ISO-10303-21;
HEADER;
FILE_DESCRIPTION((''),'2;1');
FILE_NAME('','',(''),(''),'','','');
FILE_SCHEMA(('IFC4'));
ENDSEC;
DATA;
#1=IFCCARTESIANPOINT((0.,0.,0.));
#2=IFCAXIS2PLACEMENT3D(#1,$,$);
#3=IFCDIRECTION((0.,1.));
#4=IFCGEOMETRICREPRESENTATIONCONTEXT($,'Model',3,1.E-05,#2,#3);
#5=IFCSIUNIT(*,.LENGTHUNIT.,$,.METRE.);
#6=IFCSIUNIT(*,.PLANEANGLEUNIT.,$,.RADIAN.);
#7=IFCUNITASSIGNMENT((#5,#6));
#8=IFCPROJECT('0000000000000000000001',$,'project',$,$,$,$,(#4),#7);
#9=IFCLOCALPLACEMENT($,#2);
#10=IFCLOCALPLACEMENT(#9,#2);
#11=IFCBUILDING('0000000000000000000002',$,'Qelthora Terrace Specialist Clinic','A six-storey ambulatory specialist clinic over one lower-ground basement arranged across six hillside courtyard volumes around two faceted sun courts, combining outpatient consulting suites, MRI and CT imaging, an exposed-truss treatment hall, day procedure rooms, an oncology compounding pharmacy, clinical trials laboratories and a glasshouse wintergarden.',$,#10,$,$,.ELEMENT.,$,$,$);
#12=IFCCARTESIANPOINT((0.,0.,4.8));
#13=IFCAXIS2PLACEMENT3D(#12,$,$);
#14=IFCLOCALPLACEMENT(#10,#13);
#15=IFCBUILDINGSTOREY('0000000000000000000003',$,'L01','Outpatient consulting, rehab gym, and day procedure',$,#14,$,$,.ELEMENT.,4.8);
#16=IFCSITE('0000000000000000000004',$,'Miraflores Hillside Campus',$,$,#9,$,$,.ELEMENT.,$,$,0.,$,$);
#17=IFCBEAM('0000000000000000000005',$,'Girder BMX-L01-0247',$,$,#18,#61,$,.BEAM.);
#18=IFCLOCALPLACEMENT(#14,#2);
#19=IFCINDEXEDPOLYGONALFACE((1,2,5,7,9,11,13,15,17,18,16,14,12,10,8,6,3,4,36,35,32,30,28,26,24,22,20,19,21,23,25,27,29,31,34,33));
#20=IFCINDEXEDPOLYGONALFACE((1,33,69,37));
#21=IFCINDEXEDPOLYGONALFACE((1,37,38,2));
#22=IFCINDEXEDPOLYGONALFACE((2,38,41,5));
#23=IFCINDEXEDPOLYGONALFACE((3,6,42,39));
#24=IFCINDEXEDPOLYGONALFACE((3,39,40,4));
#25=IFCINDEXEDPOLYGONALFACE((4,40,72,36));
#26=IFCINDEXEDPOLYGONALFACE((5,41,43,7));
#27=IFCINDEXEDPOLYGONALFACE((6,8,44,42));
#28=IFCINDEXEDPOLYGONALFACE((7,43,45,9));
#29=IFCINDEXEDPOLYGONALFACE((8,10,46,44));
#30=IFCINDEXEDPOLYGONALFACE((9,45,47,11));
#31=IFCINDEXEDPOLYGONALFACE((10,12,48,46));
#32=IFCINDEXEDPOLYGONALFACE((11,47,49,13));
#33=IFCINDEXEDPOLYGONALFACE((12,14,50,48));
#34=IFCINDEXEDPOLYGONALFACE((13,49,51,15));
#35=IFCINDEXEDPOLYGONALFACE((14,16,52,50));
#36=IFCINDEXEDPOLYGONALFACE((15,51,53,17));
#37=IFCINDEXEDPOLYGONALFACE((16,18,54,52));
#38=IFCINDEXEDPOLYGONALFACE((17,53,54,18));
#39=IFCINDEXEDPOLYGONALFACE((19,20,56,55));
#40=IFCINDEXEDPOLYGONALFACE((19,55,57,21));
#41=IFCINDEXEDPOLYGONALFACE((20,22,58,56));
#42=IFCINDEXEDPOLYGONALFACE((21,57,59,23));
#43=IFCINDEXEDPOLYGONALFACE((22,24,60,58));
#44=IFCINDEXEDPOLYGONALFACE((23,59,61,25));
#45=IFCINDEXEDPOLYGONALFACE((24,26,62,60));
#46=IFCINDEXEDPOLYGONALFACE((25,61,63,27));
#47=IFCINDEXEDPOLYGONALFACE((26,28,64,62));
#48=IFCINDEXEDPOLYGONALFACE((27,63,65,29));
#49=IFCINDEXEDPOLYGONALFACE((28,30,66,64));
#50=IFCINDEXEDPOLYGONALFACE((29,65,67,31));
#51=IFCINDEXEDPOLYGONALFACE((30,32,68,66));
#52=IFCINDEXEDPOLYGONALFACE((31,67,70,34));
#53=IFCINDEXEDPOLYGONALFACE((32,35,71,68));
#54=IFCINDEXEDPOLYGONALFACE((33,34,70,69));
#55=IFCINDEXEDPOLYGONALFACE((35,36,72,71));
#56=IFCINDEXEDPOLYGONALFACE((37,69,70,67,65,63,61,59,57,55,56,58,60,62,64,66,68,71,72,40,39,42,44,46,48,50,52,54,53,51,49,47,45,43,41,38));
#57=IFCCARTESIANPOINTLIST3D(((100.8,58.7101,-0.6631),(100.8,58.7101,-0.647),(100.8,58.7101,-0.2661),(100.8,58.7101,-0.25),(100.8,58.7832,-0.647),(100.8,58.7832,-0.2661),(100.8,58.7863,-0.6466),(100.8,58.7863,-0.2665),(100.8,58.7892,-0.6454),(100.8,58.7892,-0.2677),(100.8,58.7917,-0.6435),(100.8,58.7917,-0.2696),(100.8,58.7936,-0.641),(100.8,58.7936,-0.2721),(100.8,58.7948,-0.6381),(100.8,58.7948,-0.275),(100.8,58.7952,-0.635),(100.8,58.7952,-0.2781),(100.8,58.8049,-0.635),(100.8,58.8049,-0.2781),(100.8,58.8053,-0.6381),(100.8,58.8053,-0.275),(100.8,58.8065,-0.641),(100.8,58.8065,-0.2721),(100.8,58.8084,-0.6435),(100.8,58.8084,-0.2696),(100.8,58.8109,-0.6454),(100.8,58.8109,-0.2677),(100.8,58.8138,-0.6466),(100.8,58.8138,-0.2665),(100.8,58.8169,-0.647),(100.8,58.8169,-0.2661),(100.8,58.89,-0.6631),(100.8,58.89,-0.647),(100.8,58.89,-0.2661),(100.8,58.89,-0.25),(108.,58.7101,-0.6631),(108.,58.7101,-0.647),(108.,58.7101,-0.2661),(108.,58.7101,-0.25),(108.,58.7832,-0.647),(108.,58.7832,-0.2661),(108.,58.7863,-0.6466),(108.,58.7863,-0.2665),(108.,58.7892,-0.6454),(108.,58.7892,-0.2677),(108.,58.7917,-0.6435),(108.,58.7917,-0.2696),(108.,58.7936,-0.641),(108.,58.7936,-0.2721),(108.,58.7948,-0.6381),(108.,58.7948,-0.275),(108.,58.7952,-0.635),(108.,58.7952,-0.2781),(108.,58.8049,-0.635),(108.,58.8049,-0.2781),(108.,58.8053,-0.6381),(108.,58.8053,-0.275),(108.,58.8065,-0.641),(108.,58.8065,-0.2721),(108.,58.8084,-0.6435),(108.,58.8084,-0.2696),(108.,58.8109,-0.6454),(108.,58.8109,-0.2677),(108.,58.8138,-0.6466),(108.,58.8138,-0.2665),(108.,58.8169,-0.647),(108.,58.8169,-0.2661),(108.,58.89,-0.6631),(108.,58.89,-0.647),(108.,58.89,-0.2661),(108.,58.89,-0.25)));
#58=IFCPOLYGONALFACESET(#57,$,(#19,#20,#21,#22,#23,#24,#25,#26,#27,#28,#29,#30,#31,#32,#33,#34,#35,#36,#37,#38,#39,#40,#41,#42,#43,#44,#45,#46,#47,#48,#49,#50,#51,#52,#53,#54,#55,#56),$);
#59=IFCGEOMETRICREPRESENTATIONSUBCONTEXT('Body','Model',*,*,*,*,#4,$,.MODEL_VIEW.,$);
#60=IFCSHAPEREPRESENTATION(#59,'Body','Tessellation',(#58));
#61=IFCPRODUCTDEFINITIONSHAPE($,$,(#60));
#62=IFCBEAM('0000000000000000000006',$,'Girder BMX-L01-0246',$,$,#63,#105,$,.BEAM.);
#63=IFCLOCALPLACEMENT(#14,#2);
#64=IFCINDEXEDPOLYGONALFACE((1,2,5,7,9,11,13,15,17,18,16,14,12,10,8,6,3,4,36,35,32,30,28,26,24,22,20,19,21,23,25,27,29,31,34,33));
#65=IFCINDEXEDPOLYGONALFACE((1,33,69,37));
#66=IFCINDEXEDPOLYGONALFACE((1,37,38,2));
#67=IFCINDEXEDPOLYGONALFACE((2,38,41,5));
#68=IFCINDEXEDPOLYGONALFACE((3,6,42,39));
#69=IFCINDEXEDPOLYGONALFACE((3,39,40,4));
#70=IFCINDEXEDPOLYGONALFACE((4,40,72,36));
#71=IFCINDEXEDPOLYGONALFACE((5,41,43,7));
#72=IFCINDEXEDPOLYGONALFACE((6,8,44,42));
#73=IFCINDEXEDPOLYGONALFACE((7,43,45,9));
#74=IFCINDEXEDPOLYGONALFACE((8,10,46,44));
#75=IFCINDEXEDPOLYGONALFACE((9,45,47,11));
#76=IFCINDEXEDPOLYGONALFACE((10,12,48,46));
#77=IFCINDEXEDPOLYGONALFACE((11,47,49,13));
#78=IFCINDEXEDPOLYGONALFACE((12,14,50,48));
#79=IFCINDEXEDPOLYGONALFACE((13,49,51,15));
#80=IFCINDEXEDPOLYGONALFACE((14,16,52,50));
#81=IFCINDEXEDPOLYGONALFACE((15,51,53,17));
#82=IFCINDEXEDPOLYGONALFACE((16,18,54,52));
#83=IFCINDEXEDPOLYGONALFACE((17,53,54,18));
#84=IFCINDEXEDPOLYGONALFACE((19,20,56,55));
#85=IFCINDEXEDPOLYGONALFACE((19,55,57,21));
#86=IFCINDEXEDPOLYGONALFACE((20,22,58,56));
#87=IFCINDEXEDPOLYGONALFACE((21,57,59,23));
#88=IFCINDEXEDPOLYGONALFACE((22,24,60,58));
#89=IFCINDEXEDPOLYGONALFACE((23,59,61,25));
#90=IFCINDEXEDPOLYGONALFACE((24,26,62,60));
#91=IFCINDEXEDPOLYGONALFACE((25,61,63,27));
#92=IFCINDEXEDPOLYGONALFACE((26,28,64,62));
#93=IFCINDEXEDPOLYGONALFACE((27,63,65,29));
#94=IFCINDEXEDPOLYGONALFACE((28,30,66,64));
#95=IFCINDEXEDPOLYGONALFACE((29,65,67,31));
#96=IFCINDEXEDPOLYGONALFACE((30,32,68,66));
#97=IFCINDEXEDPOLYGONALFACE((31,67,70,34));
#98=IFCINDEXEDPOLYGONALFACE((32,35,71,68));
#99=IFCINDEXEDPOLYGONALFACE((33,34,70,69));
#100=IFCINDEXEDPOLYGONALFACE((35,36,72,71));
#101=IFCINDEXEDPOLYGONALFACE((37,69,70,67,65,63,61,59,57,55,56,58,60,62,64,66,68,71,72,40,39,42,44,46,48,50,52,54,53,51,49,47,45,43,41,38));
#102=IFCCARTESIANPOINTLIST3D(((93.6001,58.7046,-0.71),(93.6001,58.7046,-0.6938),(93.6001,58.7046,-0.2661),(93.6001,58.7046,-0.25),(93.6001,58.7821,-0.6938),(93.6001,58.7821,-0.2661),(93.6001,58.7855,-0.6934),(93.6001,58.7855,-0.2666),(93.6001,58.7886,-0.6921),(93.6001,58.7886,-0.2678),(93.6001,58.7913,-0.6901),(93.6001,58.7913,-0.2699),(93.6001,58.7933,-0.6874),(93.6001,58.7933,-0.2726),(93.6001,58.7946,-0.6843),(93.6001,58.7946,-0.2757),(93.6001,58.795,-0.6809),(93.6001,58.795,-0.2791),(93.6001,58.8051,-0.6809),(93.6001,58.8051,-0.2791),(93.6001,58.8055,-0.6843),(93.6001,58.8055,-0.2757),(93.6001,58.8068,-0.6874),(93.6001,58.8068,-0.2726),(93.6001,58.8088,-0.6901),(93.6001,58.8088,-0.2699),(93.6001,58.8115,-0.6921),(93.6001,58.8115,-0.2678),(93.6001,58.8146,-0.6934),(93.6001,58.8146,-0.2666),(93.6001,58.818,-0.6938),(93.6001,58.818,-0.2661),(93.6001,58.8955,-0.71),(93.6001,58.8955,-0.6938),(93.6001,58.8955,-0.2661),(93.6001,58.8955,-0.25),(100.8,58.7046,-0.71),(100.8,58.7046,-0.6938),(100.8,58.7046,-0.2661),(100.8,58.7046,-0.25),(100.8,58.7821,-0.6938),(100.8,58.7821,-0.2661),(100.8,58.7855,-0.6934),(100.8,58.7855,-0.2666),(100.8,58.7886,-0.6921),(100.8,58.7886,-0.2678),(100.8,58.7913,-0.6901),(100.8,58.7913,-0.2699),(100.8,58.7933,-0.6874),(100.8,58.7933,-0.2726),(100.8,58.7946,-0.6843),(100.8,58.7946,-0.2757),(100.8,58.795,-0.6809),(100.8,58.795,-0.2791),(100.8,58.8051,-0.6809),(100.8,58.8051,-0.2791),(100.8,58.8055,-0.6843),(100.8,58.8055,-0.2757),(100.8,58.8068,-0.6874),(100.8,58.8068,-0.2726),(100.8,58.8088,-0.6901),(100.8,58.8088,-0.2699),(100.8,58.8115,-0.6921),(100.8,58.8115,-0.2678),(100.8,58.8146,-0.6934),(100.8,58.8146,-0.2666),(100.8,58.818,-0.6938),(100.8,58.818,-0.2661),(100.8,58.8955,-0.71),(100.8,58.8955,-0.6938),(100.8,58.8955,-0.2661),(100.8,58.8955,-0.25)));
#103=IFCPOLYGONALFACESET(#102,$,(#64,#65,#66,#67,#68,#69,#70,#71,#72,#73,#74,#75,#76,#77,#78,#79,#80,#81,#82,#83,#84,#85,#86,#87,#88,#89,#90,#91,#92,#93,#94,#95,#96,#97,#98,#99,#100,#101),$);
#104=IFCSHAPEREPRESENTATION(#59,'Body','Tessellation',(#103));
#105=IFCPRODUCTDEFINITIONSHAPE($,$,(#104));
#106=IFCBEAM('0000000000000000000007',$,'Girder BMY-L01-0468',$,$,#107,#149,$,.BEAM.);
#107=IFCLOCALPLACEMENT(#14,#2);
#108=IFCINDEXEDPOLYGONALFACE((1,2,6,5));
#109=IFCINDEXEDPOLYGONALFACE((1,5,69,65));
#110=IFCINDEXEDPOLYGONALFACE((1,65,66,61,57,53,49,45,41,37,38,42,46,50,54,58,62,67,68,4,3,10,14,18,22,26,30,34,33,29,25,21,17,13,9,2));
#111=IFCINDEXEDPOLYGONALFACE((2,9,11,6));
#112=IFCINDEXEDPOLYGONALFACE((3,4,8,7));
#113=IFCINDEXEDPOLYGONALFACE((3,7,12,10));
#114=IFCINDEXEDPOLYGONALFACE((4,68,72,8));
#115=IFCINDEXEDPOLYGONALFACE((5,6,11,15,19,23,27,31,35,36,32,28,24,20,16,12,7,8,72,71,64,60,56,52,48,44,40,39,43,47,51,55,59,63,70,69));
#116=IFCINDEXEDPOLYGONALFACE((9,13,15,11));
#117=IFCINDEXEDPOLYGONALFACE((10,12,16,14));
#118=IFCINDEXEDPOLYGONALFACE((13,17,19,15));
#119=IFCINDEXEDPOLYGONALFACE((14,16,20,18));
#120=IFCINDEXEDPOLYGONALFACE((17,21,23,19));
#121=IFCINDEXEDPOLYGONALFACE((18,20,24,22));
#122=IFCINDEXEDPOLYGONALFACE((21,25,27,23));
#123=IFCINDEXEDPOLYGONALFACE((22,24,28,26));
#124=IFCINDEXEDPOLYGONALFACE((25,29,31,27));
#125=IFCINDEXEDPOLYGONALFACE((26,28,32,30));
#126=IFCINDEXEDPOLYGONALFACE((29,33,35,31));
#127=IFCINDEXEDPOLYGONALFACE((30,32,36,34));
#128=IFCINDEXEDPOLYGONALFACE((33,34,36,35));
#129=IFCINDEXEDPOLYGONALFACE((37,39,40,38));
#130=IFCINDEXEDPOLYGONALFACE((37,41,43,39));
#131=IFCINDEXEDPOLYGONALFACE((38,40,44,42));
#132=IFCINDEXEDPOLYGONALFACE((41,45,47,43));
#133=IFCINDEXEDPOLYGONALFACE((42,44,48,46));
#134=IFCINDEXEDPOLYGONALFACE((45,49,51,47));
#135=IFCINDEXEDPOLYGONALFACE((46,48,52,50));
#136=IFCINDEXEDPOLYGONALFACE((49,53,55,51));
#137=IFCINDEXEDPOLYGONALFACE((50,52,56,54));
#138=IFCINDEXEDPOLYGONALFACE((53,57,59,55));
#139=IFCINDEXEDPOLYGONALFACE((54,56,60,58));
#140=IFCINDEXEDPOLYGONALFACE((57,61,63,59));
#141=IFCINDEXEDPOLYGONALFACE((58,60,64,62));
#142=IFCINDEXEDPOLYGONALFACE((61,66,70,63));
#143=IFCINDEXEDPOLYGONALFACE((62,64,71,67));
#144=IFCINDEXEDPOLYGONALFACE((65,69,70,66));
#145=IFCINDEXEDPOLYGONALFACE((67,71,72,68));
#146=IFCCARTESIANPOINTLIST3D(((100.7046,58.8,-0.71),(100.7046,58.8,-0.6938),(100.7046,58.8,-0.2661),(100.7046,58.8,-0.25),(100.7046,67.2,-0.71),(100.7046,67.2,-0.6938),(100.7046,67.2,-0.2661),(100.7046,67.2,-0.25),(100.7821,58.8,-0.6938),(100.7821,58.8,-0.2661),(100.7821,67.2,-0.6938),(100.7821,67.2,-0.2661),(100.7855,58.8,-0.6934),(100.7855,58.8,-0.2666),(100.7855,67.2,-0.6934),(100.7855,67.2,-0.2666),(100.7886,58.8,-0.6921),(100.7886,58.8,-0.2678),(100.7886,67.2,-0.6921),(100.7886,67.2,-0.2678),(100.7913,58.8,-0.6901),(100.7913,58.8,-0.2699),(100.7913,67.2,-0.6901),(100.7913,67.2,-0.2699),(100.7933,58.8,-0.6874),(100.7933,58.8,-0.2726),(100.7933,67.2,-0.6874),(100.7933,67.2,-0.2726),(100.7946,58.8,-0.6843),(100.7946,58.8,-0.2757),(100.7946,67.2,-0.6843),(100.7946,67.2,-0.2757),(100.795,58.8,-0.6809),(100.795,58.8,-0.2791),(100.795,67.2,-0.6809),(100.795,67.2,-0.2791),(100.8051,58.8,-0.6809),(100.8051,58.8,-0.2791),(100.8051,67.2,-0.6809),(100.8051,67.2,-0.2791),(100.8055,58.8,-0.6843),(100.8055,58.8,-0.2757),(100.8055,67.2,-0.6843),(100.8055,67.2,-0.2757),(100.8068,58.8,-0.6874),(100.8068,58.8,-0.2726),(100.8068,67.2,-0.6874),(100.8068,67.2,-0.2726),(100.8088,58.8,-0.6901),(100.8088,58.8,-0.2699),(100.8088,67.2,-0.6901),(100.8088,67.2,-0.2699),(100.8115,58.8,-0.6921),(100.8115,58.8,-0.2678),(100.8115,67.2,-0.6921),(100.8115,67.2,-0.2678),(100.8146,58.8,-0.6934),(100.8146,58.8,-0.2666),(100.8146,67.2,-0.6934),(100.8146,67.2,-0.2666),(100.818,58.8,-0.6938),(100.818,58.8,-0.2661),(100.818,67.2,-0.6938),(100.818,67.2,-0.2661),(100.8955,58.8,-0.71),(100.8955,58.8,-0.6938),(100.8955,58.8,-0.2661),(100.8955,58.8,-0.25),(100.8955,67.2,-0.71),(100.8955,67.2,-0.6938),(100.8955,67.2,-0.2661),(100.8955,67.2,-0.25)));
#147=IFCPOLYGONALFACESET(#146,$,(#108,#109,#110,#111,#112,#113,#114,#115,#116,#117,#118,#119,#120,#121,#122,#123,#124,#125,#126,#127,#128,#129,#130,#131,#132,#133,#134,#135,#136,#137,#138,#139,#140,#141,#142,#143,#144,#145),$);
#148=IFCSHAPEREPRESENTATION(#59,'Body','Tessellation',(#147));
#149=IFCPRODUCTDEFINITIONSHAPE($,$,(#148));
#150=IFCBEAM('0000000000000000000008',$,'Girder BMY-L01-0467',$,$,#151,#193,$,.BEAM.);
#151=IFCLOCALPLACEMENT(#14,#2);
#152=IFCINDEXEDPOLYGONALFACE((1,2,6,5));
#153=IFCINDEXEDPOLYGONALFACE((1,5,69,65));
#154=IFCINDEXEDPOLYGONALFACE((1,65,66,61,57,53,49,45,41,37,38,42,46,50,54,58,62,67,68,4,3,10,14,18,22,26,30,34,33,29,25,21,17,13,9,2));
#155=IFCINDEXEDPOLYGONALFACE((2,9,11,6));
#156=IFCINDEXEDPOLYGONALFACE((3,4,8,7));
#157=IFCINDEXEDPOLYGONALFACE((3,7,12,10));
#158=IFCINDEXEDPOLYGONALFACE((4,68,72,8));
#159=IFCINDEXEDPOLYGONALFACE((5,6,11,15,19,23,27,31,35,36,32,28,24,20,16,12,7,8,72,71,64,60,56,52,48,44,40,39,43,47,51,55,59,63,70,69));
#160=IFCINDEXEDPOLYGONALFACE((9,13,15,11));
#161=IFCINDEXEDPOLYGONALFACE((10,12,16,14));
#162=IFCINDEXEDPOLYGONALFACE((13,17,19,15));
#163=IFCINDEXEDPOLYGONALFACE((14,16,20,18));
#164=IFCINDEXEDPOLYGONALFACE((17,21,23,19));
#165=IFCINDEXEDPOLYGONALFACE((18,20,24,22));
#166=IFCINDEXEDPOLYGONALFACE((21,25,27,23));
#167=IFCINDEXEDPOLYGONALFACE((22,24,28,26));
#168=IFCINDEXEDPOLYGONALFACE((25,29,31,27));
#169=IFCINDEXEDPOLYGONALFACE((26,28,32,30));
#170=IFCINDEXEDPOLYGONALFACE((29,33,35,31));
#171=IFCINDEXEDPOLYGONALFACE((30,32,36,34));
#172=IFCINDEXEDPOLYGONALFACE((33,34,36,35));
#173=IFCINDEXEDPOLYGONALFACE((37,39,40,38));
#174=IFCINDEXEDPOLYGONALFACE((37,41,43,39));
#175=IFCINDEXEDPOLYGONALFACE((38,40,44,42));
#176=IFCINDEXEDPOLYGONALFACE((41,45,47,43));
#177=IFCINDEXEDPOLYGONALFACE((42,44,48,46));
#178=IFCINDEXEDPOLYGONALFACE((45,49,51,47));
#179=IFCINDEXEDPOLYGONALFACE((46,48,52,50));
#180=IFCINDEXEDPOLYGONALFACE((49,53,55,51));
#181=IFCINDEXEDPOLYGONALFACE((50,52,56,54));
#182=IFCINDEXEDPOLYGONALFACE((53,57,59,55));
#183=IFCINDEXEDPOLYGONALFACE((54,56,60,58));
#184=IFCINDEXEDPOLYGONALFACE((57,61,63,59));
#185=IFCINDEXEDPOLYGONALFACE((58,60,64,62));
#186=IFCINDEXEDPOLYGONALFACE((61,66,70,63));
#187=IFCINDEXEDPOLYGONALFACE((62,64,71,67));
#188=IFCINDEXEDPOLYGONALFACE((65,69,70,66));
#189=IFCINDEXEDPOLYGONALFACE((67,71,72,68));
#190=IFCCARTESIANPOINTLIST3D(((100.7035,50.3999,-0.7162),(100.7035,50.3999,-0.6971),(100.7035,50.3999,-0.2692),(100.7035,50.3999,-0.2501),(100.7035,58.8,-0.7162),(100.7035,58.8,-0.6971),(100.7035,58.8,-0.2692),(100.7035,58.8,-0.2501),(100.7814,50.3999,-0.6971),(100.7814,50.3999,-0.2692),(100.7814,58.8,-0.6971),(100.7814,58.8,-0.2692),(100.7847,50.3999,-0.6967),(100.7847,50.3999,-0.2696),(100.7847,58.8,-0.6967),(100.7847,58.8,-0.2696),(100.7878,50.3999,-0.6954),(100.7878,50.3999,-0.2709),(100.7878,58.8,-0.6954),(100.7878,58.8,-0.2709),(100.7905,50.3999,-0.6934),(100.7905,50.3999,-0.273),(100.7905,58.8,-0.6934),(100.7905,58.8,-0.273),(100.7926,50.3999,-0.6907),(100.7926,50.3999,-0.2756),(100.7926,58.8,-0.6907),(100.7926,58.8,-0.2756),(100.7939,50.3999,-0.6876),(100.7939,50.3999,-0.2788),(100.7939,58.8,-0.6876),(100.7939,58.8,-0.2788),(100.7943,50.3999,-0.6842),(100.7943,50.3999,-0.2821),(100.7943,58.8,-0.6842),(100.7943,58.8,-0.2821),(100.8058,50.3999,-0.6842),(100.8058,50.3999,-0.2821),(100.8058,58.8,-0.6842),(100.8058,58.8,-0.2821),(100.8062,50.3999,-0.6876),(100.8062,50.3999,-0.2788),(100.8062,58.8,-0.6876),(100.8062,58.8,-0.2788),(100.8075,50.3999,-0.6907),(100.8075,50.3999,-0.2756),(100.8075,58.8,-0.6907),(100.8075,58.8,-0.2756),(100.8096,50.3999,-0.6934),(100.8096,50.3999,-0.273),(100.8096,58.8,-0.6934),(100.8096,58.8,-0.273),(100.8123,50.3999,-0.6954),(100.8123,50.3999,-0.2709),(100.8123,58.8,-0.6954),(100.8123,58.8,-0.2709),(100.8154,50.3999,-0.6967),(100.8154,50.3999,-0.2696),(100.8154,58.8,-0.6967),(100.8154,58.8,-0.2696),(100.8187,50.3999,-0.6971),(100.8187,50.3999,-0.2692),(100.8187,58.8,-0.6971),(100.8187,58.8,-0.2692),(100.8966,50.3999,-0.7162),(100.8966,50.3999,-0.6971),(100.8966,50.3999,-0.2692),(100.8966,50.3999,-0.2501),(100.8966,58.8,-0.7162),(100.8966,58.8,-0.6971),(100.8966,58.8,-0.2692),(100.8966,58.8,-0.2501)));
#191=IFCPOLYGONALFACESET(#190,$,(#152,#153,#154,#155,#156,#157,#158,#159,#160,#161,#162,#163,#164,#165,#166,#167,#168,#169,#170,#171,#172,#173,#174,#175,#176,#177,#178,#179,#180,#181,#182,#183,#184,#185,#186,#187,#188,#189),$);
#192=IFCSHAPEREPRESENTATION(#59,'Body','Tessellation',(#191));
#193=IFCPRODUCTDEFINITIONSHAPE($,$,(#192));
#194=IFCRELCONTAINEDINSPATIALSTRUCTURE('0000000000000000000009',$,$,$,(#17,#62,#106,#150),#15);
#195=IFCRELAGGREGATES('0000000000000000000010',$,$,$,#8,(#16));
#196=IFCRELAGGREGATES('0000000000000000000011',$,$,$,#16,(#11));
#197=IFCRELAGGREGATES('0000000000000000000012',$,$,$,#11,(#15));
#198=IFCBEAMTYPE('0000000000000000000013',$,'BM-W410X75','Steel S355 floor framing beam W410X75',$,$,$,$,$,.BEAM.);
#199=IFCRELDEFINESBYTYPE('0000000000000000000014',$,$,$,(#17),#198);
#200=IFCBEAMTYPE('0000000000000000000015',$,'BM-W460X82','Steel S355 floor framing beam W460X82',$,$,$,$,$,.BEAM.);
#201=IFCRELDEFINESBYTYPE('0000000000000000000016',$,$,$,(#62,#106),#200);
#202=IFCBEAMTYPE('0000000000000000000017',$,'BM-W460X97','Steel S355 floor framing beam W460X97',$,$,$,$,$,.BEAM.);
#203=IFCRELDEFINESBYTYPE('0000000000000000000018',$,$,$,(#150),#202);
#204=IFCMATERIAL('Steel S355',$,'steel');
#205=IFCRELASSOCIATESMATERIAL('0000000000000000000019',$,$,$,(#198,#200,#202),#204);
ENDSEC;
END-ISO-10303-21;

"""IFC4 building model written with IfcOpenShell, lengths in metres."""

from ifc_helpers import new_model, si_unit, direction, frame, origin, origin_2d, place, context, subcontext, project, spatial, i_section, extrude, material, material_profile, profile_set, type_object, element, save


model = new_model("IFC4")

# Units and contexts
model_context = context("Model", 3, precision=1e-05, world=origin(), true_north=direction((0.0, 1.0)))
body_context = subcontext(model_context, "Body", "Model", "MODEL_VIEW")
ifc_project = project(units=[si_unit("LENGTHUNIT", "METRE"), si_unit("PLANEANGLEUNIT", "RADIAN")], contexts=[model_context])

# Site, building, storey
site_placement = place(None, origin())
site = spatial("IfcSite", under=ifc_project, at=site_placement, Name="Miraflores Hillside Campus", CompositionType="ELEMENT", RefElevation=0.0)
building_placement = place(site_placement, origin())
building = spatial("IfcBuilding", under=site, at=building_placement, Name="Qelthora Terrace Specialist Clinic", Description="A six-storey ambulatory specialist clinic over one lower-ground basement arranged across six hillside courtyard volumes around two faceted sun courts, combining outpatient consulting suites, MRI and CT imaging, an exposed-truss treatment hall, day procedure rooms, an oncology compounding pharmacy, clinical trials laboratories and a glasshouse wintergarden.", CompositionType="ELEMENT")
storey_placement = place(building_placement, frame((0.0, 0.0, 4.8)))
storey = spatial("IfcBuildingStorey", under=building, at=storey_placement, Name="L01", Description="Outpatient consulting, rehab gym, and day procedure", CompositionType="ELEMENT", Elevation=4.8)

# Shared definitions
ifc_material_1 = material(Name="Steel S355", Category="steel")

# Beams
ifc_material_profile_1 = material_profile(ifc_material_1, i_section(OverallWidth=0.1799, OverallDepth=0.4131, WebThickness=0.0098, FlangeThickness=0.0161, FilletRadius=0.012, at=origin_2d()), Name="W410X75")
ifc_profile_set_1 = profile_set([ifc_material_profile_1], Name="Steel S355")
beam_type_1 = type_object("IfcBeamType", Name="BM-W410X75", Description="Steel S355 floor framing beam W410X75", PredefinedType="BEAM", material=ifc_profile_set_1)
beam_1_placement = place(storey_placement, frame((100.8, 58.8, -0.4565), z_axis=(1.0, 0.0, 0.0), x_axis=(0.0, 1.0, 0.0)))
element("IfcBeam", 1, at=beam_1_placement, inside=storey, type_object=beam_type_1, Name="Girder BMX-L01-0247", PredefinedType="BEAM", context=body_context, shape_type="SweptSolid", body=[
    extrude(i_section(OverallWidth=0.1799, OverallDepth=0.4131, WebThickness=0.0098, FlangeThickness=0.0161, FilletRadius=0.012, at=origin_2d()), origin(), (0.0, 0.0, 1.0), 7.2),
])
ifc_material_profile_2 = material_profile(ifc_material_1, i_section(OverallWidth=0.1909, OverallDepth=0.46, WebThickness=0.01, FlangeThickness=0.0161, FilletRadius=0.0129, at=origin_2d()), Name="W460X82")
ifc_profile_set_2 = profile_set([ifc_material_profile_2], Name="Steel S355")
beam_type_2 = type_object("IfcBeamType", Name="BM-W460X82", Description="Steel S355 floor framing beam W460X82", PredefinedType="BEAM", material=ifc_profile_set_2)
beam_2_placement = place(storey_placement, frame((93.6001, 58.8, -0.48), z_axis=(1.0, 0.0, 0.0), x_axis=(0.0, 1.0, 0.0)))
element("IfcBeam", 2, at=beam_2_placement, inside=storey, type_object=beam_type_2, Name="Girder BMX-L01-0246", PredefinedType="BEAM", context=body_context, shape_type="SweptSolid", body=[
    extrude(i_section(OverallWidth=0.1909, OverallDepth=0.46, WebThickness=0.01, FlangeThickness=0.0161, FilletRadius=0.0129, at=origin_2d()), origin(), (0.0, 0.0, 1.0), 7.2),
])
beam_3_placement = place(storey_placement, frame((100.8, 58.8, -0.48), z_axis=(0.0, 1.0, 0.0), x_axis=(-1.0, 0.0, 0.0)))
element("IfcBeam", 3, at=beam_3_placement, inside=storey, type_object=beam_type_2, Name="Girder BMY-L01-0468", PredefinedType="BEAM", context=body_context, shape_type="SweptSolid", body=[
    extrude(i_section(OverallWidth=0.1909, OverallDepth=0.46, WebThickness=0.01, FlangeThickness=0.0161, FilletRadius=0.0129, at=origin_2d()), origin(), (0.0, 0.0, 1.0), 8.3999),
])
ifc_material_profile_3 = material_profile(ifc_material_1, i_section(OverallWidth=0.1931, OverallDepth=0.4661, WebThickness=0.0115, FlangeThickness=0.019, FilletRadius=0.0129, at=origin_2d()), Name="W460X97")
ifc_profile_set_3 = profile_set([ifc_material_profile_3], Name="Steel S355")
beam_type_3 = type_object("IfcBeamType", Name="BM-W460X97", Description="Steel S355 floor framing beam W460X97", PredefinedType="BEAM", material=ifc_profile_set_3)
beam_4_placement = place(storey_placement, frame((100.8, 50.3999, -0.4832), z_axis=(0.0, 1.0, 0.0), x_axis=(-1.0, 0.0, 0.0)))
element("IfcBeam", 4, at=beam_4_placement, inside=storey, type_object=beam_type_3, Name="Girder BMY-L01-0467", PredefinedType="BEAM", context=body_context, shape_type="SweptSolid", body=[
    extrude(i_section(OverallWidth=0.1931, OverallDepth=0.4661, WebThickness=0.0115, FlangeThickness=0.019, FilletRadius=0.0129, at=origin_2d()), origin(), (0.0, 0.0, 1.0), 8.4001),
])

save(model, "model.ifc")
